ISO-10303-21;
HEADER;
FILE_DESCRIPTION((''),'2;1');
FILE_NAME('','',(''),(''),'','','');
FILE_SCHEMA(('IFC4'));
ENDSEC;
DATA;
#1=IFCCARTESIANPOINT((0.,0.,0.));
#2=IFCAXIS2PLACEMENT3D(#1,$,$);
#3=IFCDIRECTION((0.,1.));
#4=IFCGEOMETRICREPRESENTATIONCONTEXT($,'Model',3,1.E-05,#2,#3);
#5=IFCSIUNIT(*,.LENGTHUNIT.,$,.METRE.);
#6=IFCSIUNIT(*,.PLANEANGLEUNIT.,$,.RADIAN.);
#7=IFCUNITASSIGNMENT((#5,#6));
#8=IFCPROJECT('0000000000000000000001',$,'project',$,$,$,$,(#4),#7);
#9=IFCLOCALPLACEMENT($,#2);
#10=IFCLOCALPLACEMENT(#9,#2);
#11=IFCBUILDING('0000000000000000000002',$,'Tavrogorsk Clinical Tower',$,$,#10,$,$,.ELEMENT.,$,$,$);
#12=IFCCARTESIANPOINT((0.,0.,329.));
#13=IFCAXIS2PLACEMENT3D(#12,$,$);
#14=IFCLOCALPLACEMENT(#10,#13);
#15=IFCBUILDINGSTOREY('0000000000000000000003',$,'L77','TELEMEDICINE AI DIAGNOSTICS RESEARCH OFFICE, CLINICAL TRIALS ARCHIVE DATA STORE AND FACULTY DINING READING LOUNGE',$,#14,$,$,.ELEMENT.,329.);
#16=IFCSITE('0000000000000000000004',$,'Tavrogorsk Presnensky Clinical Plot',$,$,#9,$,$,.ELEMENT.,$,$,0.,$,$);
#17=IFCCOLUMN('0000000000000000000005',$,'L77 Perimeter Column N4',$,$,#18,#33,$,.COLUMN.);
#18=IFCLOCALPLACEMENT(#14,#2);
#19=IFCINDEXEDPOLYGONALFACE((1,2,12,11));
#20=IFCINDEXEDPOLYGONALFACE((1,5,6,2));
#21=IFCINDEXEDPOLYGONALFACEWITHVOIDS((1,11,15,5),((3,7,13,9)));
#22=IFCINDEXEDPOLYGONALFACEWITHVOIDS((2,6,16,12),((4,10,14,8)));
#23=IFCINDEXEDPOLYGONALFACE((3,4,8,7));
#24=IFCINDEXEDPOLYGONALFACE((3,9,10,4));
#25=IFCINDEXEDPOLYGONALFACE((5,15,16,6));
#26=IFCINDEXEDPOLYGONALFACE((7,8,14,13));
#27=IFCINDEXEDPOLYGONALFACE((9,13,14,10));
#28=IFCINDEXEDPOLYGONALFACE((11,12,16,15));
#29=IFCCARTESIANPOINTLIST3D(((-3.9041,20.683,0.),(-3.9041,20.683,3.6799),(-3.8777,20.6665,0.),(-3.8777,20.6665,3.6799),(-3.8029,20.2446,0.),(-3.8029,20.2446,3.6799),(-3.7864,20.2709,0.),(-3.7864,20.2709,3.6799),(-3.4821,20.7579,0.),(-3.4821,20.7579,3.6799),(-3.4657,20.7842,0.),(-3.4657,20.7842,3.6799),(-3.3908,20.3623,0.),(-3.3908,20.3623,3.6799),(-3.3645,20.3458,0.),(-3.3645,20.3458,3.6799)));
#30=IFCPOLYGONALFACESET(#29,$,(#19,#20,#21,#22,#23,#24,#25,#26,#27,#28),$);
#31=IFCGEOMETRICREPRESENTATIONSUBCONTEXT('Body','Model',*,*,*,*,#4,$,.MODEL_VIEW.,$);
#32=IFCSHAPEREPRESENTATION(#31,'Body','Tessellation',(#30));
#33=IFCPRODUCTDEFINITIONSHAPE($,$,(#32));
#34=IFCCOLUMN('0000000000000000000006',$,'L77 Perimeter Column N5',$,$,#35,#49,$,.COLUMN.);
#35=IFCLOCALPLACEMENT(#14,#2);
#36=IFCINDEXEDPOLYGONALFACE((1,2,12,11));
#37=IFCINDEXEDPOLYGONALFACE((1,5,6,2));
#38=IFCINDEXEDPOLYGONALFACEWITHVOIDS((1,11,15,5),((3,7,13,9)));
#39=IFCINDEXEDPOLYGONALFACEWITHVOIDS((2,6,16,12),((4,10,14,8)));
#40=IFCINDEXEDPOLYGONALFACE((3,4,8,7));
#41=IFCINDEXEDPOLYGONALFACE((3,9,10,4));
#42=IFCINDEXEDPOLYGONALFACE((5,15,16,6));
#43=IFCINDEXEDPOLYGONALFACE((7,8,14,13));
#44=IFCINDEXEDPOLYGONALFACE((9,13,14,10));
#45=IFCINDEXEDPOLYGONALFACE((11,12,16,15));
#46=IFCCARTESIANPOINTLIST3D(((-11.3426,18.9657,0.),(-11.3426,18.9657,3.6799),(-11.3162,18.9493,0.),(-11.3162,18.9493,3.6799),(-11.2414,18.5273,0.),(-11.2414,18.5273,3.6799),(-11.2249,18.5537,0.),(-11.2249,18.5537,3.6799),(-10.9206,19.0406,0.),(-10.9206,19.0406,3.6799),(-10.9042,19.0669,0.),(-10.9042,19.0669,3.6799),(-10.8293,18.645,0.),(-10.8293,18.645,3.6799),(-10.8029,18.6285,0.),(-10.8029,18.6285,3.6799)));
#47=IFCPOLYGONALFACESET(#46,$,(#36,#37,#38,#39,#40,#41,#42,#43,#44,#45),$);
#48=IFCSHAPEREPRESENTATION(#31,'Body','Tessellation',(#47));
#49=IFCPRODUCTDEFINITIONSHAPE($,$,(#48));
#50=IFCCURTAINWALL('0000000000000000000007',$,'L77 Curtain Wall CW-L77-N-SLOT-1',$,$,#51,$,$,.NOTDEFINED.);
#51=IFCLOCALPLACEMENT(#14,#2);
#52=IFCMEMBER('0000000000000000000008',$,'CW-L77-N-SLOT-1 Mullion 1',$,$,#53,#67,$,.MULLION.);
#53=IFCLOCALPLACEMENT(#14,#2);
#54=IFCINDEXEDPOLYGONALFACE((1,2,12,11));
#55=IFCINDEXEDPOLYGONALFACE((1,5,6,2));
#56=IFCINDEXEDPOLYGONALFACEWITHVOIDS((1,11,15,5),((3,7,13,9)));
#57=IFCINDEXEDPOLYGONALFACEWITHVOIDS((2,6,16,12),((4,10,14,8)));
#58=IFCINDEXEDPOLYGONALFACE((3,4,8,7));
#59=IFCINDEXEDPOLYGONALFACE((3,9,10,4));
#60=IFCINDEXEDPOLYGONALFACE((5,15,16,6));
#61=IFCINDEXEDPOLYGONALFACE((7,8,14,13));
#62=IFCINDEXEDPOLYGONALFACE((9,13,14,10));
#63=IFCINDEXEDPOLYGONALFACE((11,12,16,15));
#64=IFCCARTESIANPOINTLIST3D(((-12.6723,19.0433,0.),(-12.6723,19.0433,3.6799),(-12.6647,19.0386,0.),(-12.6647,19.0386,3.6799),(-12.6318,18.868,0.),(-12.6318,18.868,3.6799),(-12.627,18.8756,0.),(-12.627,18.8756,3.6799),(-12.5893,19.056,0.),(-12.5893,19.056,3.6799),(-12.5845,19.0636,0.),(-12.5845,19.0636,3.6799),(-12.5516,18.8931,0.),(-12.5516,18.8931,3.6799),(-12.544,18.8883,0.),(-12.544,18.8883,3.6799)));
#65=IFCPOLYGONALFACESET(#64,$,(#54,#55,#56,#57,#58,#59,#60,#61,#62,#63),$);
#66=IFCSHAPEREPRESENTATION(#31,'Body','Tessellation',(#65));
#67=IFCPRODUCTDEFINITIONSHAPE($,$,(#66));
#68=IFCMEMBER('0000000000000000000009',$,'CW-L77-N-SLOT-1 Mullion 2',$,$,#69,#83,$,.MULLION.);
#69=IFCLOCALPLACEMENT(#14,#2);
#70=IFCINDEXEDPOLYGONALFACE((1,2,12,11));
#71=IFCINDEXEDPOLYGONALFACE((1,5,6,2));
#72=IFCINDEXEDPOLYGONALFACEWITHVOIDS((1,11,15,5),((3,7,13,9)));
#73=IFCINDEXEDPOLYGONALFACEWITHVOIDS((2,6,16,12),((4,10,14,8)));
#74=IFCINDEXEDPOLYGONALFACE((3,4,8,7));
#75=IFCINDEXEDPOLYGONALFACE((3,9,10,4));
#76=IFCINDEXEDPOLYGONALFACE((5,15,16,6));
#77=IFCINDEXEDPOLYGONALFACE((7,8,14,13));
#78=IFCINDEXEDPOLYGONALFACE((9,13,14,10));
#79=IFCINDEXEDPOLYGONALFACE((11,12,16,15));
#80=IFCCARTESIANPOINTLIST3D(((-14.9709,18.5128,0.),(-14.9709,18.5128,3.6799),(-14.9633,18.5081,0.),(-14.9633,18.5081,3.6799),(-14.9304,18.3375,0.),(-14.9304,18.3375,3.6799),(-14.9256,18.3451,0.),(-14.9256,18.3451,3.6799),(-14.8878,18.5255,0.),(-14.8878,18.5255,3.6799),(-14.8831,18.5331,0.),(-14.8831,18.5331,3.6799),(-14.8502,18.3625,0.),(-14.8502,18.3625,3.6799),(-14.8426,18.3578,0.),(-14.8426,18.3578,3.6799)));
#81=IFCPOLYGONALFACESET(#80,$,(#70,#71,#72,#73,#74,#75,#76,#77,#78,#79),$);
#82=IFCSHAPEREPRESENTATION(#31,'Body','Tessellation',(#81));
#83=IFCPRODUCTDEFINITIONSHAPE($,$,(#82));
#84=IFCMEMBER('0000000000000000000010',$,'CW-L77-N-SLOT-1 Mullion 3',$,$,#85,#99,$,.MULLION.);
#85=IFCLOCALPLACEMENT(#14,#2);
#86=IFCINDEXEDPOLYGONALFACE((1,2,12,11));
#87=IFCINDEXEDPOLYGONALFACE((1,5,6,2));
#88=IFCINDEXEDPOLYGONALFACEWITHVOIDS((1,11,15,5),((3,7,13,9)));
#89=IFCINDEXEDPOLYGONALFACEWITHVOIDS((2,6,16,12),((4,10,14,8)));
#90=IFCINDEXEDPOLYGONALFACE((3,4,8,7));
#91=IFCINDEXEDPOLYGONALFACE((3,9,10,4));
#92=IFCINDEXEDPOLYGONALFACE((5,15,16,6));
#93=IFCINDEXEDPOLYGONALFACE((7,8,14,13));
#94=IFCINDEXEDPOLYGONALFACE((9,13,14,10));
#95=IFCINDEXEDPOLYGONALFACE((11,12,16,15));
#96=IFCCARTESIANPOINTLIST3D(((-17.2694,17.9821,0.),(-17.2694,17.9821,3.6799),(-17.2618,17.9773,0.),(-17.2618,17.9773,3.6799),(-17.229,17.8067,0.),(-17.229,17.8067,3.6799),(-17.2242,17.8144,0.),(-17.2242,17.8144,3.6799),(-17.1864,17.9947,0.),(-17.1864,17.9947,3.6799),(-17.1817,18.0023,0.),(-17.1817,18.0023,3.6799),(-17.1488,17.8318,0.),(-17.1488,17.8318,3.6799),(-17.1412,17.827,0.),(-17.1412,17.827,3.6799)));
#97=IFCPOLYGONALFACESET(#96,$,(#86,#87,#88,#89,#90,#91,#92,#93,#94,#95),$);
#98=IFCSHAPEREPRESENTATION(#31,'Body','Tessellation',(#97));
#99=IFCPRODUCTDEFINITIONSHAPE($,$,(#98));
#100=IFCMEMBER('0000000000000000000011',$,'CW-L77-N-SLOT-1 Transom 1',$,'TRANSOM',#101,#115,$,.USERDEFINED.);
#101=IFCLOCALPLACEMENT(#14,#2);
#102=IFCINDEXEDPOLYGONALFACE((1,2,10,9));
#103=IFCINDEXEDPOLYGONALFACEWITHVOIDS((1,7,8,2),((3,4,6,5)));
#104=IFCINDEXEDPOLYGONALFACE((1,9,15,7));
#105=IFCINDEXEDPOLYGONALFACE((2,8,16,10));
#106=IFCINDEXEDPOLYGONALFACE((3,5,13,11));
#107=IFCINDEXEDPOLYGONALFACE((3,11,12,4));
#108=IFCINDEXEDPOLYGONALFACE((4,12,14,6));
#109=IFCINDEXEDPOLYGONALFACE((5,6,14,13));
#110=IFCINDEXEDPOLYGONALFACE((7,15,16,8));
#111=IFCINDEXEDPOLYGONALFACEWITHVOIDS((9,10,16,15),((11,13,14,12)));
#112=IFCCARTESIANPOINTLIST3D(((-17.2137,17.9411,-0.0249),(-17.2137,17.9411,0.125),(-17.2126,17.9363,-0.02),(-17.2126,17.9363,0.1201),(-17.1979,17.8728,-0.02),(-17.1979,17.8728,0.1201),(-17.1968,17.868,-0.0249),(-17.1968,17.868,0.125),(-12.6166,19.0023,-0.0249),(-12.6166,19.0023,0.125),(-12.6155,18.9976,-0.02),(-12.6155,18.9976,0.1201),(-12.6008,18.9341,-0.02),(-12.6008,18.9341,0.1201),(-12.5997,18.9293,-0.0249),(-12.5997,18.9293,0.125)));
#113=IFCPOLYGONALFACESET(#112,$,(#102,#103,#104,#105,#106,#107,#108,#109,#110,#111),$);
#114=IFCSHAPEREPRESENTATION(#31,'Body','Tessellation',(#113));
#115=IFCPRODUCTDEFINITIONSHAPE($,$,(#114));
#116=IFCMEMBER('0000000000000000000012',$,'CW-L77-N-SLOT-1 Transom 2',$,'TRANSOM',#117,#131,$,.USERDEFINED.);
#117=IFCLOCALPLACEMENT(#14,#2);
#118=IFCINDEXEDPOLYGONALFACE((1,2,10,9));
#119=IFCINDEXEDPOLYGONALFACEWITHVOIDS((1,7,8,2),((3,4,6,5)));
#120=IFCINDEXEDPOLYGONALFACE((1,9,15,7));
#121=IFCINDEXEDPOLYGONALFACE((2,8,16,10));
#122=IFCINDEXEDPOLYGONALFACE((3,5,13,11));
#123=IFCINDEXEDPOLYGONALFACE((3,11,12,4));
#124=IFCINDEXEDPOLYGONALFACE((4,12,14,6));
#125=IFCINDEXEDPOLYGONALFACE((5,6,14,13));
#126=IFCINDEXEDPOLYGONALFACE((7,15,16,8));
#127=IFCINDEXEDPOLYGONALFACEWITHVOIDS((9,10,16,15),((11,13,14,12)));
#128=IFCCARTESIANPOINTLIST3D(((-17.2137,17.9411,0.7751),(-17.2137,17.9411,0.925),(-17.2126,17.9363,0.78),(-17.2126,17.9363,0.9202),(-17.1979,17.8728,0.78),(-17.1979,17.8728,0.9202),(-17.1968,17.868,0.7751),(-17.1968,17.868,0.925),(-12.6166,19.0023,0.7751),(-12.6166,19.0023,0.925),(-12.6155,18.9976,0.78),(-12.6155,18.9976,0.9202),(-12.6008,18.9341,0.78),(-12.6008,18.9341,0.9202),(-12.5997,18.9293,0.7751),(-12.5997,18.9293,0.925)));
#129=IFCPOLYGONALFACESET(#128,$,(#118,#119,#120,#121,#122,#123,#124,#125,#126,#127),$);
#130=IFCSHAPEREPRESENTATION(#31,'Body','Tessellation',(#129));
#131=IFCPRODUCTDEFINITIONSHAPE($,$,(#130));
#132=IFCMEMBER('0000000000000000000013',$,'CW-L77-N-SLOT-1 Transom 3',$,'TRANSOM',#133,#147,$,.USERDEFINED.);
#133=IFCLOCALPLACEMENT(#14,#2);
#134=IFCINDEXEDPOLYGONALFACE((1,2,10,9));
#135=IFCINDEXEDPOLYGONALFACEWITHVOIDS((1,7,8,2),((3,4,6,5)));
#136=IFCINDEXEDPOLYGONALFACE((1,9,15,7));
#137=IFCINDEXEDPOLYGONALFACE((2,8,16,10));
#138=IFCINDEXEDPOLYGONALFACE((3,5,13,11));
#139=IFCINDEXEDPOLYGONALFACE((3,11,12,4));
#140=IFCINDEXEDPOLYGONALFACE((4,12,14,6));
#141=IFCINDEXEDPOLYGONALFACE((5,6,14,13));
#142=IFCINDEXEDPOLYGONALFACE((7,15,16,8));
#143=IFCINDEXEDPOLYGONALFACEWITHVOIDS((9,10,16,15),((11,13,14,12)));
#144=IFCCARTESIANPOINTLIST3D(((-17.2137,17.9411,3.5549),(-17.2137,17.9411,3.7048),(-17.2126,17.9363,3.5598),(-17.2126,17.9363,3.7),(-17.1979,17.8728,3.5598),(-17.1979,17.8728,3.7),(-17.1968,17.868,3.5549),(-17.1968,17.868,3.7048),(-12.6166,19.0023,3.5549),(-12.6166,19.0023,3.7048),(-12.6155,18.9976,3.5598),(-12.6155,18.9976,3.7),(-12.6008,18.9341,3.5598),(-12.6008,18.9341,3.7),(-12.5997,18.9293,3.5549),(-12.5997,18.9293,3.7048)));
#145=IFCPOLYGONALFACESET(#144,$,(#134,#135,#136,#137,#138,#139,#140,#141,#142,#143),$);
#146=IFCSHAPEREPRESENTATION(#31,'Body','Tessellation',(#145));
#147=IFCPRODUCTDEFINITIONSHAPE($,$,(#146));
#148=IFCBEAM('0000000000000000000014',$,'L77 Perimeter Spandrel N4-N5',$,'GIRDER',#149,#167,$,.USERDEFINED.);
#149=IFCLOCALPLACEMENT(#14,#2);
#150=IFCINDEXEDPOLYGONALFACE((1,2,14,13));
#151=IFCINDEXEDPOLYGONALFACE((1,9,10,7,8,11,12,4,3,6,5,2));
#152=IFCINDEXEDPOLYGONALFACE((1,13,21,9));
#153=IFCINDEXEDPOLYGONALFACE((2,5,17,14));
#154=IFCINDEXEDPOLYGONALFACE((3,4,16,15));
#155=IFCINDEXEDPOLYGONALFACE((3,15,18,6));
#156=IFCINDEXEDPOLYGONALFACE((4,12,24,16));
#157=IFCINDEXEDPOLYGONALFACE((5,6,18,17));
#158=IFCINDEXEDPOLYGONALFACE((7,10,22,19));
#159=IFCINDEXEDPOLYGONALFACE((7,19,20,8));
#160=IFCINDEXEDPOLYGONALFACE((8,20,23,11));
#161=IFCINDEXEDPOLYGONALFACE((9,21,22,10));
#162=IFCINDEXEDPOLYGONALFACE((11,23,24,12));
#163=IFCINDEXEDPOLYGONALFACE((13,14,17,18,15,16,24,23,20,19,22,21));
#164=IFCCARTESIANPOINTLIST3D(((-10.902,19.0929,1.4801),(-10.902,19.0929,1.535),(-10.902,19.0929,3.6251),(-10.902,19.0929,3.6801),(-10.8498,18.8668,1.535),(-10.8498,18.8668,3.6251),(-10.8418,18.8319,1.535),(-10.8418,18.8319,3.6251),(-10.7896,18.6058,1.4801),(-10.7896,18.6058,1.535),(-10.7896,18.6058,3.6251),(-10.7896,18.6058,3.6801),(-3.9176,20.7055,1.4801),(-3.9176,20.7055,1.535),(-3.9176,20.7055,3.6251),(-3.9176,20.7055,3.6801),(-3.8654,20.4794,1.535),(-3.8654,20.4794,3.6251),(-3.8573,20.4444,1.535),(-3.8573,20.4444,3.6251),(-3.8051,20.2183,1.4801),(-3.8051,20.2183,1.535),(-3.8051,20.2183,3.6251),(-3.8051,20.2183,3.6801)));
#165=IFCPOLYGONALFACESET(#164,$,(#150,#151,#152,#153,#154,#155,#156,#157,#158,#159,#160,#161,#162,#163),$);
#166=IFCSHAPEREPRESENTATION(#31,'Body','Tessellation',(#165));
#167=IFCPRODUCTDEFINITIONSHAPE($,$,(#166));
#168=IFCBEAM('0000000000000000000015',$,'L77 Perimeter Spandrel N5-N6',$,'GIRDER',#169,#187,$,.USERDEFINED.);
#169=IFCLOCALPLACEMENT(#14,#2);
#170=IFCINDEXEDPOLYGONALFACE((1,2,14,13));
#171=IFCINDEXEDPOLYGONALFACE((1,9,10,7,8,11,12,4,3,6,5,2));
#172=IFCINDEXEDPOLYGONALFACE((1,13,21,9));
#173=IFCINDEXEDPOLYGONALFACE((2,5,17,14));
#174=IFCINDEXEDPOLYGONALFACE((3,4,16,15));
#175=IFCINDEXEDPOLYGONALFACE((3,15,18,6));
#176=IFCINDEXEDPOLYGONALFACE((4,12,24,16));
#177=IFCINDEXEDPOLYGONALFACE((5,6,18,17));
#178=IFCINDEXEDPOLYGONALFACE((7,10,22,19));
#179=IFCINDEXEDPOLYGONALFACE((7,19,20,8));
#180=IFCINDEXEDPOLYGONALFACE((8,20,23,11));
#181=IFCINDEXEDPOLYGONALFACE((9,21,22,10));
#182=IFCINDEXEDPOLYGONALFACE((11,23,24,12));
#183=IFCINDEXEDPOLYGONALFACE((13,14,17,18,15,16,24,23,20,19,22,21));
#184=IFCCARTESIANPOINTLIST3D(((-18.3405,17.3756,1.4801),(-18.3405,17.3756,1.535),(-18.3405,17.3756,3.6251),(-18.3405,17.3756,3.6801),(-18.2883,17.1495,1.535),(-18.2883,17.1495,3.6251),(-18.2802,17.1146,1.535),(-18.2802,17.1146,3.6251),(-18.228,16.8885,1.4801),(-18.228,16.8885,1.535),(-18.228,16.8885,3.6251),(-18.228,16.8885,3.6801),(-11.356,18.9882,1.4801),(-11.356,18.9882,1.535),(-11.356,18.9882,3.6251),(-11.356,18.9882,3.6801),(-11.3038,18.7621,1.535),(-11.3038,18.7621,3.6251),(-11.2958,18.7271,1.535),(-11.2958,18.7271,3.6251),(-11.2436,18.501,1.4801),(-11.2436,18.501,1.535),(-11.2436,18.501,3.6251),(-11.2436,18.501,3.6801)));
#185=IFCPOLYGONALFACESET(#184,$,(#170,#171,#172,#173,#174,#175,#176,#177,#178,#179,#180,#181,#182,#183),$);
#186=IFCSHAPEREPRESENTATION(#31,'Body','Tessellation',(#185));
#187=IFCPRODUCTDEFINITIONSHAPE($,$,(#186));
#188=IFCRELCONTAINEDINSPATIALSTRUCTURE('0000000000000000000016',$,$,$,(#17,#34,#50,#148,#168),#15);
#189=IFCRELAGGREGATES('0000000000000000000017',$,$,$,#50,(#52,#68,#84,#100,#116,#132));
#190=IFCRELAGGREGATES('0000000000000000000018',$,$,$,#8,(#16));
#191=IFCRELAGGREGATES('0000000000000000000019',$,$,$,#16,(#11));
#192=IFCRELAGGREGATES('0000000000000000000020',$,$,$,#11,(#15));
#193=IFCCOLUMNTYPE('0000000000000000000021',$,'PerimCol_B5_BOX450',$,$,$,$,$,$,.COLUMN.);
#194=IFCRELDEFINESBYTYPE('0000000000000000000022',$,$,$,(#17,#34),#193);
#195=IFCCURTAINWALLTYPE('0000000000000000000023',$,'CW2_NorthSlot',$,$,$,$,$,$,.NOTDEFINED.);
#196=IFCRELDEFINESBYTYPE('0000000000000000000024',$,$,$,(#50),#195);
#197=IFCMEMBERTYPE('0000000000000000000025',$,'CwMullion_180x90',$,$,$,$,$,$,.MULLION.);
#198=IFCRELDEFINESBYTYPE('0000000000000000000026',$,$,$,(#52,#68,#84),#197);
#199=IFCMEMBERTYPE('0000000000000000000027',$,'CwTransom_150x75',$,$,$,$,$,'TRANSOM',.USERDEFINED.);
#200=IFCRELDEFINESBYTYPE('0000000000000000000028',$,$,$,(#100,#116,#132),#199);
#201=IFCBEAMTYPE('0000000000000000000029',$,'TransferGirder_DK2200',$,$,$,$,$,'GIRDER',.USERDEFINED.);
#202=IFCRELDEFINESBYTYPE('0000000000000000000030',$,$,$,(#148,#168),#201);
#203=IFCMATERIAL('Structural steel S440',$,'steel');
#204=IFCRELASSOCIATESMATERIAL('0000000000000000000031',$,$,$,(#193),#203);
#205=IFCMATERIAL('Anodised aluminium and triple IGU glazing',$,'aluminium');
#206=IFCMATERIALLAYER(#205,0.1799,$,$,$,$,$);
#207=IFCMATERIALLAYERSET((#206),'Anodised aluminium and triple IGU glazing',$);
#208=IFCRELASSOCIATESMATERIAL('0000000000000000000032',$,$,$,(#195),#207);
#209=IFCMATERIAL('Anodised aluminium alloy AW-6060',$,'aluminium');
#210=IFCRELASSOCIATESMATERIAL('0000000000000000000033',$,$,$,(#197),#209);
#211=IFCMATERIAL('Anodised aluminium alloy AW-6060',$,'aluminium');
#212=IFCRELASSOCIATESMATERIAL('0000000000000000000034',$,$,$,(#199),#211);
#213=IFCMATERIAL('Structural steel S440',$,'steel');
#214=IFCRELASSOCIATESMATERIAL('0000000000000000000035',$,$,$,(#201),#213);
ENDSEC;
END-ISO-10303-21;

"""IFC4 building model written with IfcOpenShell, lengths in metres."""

from ifc_helpers import new_model, si_unit, direction, frame, origin, origin_2d, place, context, subcontext, project, spatial, hollow_rectangle, i_section, extrude, material, layer, layer_set, material_profile, profile_set, type_object, element, aggregate, save


model = new_model("IFC4")

# Units and contexts
model_context = context("Model", 3, precision=1e-05, world=origin(), true_north=direction((0.0, 1.0)))
body_context = subcontext(model_context, "Body", "Model", "MODEL_VIEW")
ifc_project = project(units=[si_unit("LENGTHUNIT", "METRE"), si_unit("PLANEANGLEUNIT", "RADIAN")], contexts=[model_context])

# Site, building, storey
site_placement = place(None, origin())
site = spatial("IfcSite", under=ifc_project, at=site_placement, Name="Tavrogorsk Presnensky Clinical Plot", CompositionType="ELEMENT", RefElevation=0.0)
building_placement = place(site_placement, origin())
building = spatial("IfcBuilding", under=site, at=building_placement, Name="Tavrogorsk Clinical Tower", CompositionType="ELEMENT")
storey_placement = place(building_placement, frame((0.0, 0.0, 329.0)))
storey = spatial("IfcBuildingStorey", under=building, at=storey_placement, Name="L77", Description="TELEMEDICINE AI DIAGNOSTICS RESEARCH OFFICE, CLINICAL TRIALS ARCHIVE DATA STORE AND FACULTY DINING READING LOUNGE", CompositionType="ELEMENT", Elevation=329.0)

# Columns
ifc_material_1 = material(Name="Structural steel S440", Category="steel")
ifc_material_profile_1 = material_profile(ifc_material_1, hollow_rectangle(XDim=0.45, YDim=0.45, WallThickness=0.022, at=origin_2d()), Name="BOX-450x450x22")
ifc_profile_set_1 = profile_set([ifc_material_profile_1], Name="Structural steel S440")
column_type = type_object("IfcColumnType", Name="PerimCol_B5_BOX450", PredefinedType="COLUMN", material=ifc_profile_set_1)
for number, where, z_axis, x_axis, name in (
    (1, (-3.6343, 20.5144, 0.0), (0.0, 0.0, 1.0), (0.97437, 0.224951, 0.0), "L77 Perimeter Column N4"),
    (2, (-11.0728, 18.7971, 0.0), (0.0, 0.0, 1.0), (0.97437, 0.224951, 0.0), "L77 Perimeter Column N5"),
):
    element("IfcColumn", number, at=place(storey_placement, frame(where, z_axis=z_axis, x_axis=x_axis)), inside=storey, type_object=column_type, Name=name, PredefinedType="COLUMN", context=body_context, shape_type="SweptSolid", body=[
        extrude(hollow_rectangle(XDim=0.45, YDim=0.45, WallThickness=0.022, at=origin_2d()), origin(), (0.0, 0.0, 1.0), 3.6799),
    ])

# Curtain wall, members
ifc_material_2 = material(Name="Anodised aluminium and triple IGU glazing", Category="aluminium")
ifc_layer_1 = layer(ifc_material_2, 0.1799)
ifc_layer_set_1 = layer_set([ifc_layer_1], Name="Anodised aluminium and triple IGU glazing")
curtain_wall_type = type_object("IfcCurtainWallType", Name="CW2_NorthSlot", PredefinedType="NOTDEFINED", material=ifc_layer_set_1)
curtain_wall_placement = place(storey_placement, origin())
curtain_wall = element("IfcCurtainWall", 3, at=curtain_wall_placement, inside=storey, type_object=curtain_wall_type, Name="L77 Curtain Wall CW-L77-N-SLOT-1", PredefinedType="NOTDEFINED")
ifc_material_3 = material(Name="Anodised aluminium alloy AW-6060", Category="aluminium")
ifc_material_profile_2 = material_profile(ifc_material_3, hollow_rectangle(XDim=0.0901, YDim=0.1799, WallThickness=0.0063, at=origin_2d()), Name="RHS-180x90x6.3")
ifc_profile_set_2 = profile_set([ifc_material_profile_2], Name="Anodised aluminium alloy AW-6060")
member_type_1 = type_object("IfcMemberType", Name="CwMullion_180x90", PredefinedType="MULLION", material=ifc_profile_set_2)
member_1_placement = place(storey_placement, frame((-12.6082, 18.9658, 0.0), z_axis=(0.0, 0.0, 1.0), x_axis=(-0.97437, -0.224951, 0.0)))
member_1 = element("IfcMember", 4, at=member_1_placement, type_object=member_type_1, Name="CW-L77-N-SLOT-1 Mullion 1", PredefinedType="MULLION", context=body_context, shape_type="SweptSolid", body=[
    extrude(hollow_rectangle(XDim=0.0901, YDim=0.1799, WallThickness=0.0063, at=origin_2d()), origin(), (0.0, 0.0, 1.0), 3.6799),
])
member_2_placement = place(storey_placement, frame((-14.9067, 18.4353, 0.0), z_axis=(0.0, 0.0, 1.0), x_axis=(-0.97437, -0.224951, 0.0)))
member_2 = element("IfcMember", 5, at=member_2_placement, type_object=member_type_1, Name="CW-L77-N-SLOT-1 Mullion 2", PredefinedType="MULLION", context=body_context, shape_type="SweptSolid", body=[
    extrude(hollow_rectangle(XDim=0.0901, YDim=0.1799, WallThickness=0.0063, at=origin_2d()), origin(), (0.0, 0.0, 1.0), 3.6799),
])
member_3_placement = place(storey_placement, frame((-17.2053, 17.9045, 0.0), z_axis=(0.0, 0.0, 1.0), x_axis=(-0.97437, -0.224951, 0.0)))
member_3 = element("IfcMember", 6, at=member_3_placement, type_object=member_type_1, Name="CW-L77-N-SLOT-1 Mullion 3", PredefinedType="MULLION", context=body_context, shape_type="SweptSolid", body=[
    extrude(hollow_rectangle(XDim=0.0901, YDim=0.1799, WallThickness=0.0063, at=origin_2d()), origin(), (0.0, 0.0, 1.0), 3.6799),
])
ifc_material_4 = material(Name="Anodised aluminium alloy AW-6060", Category="aluminium")
ifc_material_profile_3 = material_profile(ifc_material_4, hollow_rectangle(XDim=0.075, YDim=0.1499, WallThickness=0.0049, at=origin_2d()), Name="RHS-150x75x5")
ifc_profile_set_3 = profile_set([ifc_material_profile_3], Name="Anodised aluminium alloy AW-6060")
member_type_2 = type_object("IfcMemberType", Name="CwTransom_150x75", ElementType="TRANSOM", PredefinedType="USERDEFINED", material=ifc_profile_set_3)
member_4_placement = place(storey_placement, frame((-12.6082, 18.9658, 0.05), z_axis=(-0.974373, -0.224939, 0.0), x_axis=(0.224939, -0.974373, 0.0)))
member_4 = element("IfcMember", 7, at=member_4_placement, type_object=member_type_2, Name="CW-L77-N-SLOT-1 Transom 1", ObjectType="TRANSOM", PredefinedType="USERDEFINED", context=body_context, shape_type="SweptSolid", body=[
    extrude(hollow_rectangle(XDim=0.075, YDim=0.1499, WallThickness=0.0049, at=origin_2d()), origin(), (0.0, 0.0, 1.0), 4.718),
])
member_5_placement = place(storey_placement, frame((-12.6082, 18.9658, 0.8501), z_axis=(-0.974373, -0.224939, 0.0), x_axis=(0.224939, -0.974373, 0.0)))
member_5 = element("IfcMember", 8, at=member_5_placement, type_object=member_type_2, Name="CW-L77-N-SLOT-1 Transom 2", ObjectType="TRANSOM", PredefinedType="USERDEFINED", context=body_context, shape_type="SweptSolid", body=[
    extrude(hollow_rectangle(XDim=0.075, YDim=0.1499, WallThickness=0.0049, at=origin_2d()), origin(), (0.0, 0.0, 1.0), 4.718),
])
member_6_placement = place(storey_placement, frame((-12.6082, 18.9658, 3.6299), z_axis=(-0.974373, -0.224939, 0.0), x_axis=(0.224939, -0.974373, 0.0)))
member_6 = element("IfcMember", 9, at=member_6_placement, type_object=member_type_2, Name="CW-L77-N-SLOT-1 Transom 3", ObjectType="TRANSOM", PredefinedType="USERDEFINED", context=body_context, shape_type="SweptSolid", body=[
    extrude(hollow_rectangle(XDim=0.075, YDim=0.1499, WallThickness=0.0049, at=origin_2d()), origin(), (0.0, 0.0, 1.0), 4.718),
])

# Beams
ifc_material_5 = material(Name="Structural steel S440", Category="steel")
ifc_material_profile_4 = material_profile(ifc_material_5, i_section(OverallWidth=0.5, OverallDepth=2.2, WebThickness=0.0359, FlangeThickness=0.0549, at=origin_2d()), Name="DK-2200x500x36x55")
ifc_profile_set_4 = profile_set([ifc_material_profile_4], Name="Structural steel S440")
beam_type = type_object("IfcBeamType", Name="TransferGirder_DK2200", ElementType="GIRDER", PredefinedType="USERDEFINED", material=ifc_profile_set_4)
for number, where, z_axis, x_axis, name in (
    (10, (-3.8613, 20.4619, 2.5801), (-0.974368, -0.224961, 0.0), (0.224961, -0.974368, 0.0), "L77 Perimeter Spandrel N4-N5"),
    (11, (-11.2998, 18.7446, 2.5801), (-0.974368, -0.224961, 0.0), (0.224961, -0.974368, 0.0), "L77 Perimeter Spandrel N5-N6"),
):
    element("IfcBeam", number, at=place(storey_placement, frame(where, z_axis=z_axis, x_axis=x_axis)), inside=storey, type_object=beam_type, Name=name, ObjectType="GIRDER", PredefinedType="USERDEFINED", context=body_context, shape_type="SweptSolid", body=[
        extrude(i_section(OverallWidth=0.5, OverallDepth=2.2, WebThickness=0.0359, FlangeThickness=0.0549, at=origin_2d()), origin(), (0.0, 0.0, 1.0), 7.1682),
    ])

aggregate(curtain_wall, [member_1, member_2, member_3, member_4, member_5, member_6])

save(model, "model.ifc")
